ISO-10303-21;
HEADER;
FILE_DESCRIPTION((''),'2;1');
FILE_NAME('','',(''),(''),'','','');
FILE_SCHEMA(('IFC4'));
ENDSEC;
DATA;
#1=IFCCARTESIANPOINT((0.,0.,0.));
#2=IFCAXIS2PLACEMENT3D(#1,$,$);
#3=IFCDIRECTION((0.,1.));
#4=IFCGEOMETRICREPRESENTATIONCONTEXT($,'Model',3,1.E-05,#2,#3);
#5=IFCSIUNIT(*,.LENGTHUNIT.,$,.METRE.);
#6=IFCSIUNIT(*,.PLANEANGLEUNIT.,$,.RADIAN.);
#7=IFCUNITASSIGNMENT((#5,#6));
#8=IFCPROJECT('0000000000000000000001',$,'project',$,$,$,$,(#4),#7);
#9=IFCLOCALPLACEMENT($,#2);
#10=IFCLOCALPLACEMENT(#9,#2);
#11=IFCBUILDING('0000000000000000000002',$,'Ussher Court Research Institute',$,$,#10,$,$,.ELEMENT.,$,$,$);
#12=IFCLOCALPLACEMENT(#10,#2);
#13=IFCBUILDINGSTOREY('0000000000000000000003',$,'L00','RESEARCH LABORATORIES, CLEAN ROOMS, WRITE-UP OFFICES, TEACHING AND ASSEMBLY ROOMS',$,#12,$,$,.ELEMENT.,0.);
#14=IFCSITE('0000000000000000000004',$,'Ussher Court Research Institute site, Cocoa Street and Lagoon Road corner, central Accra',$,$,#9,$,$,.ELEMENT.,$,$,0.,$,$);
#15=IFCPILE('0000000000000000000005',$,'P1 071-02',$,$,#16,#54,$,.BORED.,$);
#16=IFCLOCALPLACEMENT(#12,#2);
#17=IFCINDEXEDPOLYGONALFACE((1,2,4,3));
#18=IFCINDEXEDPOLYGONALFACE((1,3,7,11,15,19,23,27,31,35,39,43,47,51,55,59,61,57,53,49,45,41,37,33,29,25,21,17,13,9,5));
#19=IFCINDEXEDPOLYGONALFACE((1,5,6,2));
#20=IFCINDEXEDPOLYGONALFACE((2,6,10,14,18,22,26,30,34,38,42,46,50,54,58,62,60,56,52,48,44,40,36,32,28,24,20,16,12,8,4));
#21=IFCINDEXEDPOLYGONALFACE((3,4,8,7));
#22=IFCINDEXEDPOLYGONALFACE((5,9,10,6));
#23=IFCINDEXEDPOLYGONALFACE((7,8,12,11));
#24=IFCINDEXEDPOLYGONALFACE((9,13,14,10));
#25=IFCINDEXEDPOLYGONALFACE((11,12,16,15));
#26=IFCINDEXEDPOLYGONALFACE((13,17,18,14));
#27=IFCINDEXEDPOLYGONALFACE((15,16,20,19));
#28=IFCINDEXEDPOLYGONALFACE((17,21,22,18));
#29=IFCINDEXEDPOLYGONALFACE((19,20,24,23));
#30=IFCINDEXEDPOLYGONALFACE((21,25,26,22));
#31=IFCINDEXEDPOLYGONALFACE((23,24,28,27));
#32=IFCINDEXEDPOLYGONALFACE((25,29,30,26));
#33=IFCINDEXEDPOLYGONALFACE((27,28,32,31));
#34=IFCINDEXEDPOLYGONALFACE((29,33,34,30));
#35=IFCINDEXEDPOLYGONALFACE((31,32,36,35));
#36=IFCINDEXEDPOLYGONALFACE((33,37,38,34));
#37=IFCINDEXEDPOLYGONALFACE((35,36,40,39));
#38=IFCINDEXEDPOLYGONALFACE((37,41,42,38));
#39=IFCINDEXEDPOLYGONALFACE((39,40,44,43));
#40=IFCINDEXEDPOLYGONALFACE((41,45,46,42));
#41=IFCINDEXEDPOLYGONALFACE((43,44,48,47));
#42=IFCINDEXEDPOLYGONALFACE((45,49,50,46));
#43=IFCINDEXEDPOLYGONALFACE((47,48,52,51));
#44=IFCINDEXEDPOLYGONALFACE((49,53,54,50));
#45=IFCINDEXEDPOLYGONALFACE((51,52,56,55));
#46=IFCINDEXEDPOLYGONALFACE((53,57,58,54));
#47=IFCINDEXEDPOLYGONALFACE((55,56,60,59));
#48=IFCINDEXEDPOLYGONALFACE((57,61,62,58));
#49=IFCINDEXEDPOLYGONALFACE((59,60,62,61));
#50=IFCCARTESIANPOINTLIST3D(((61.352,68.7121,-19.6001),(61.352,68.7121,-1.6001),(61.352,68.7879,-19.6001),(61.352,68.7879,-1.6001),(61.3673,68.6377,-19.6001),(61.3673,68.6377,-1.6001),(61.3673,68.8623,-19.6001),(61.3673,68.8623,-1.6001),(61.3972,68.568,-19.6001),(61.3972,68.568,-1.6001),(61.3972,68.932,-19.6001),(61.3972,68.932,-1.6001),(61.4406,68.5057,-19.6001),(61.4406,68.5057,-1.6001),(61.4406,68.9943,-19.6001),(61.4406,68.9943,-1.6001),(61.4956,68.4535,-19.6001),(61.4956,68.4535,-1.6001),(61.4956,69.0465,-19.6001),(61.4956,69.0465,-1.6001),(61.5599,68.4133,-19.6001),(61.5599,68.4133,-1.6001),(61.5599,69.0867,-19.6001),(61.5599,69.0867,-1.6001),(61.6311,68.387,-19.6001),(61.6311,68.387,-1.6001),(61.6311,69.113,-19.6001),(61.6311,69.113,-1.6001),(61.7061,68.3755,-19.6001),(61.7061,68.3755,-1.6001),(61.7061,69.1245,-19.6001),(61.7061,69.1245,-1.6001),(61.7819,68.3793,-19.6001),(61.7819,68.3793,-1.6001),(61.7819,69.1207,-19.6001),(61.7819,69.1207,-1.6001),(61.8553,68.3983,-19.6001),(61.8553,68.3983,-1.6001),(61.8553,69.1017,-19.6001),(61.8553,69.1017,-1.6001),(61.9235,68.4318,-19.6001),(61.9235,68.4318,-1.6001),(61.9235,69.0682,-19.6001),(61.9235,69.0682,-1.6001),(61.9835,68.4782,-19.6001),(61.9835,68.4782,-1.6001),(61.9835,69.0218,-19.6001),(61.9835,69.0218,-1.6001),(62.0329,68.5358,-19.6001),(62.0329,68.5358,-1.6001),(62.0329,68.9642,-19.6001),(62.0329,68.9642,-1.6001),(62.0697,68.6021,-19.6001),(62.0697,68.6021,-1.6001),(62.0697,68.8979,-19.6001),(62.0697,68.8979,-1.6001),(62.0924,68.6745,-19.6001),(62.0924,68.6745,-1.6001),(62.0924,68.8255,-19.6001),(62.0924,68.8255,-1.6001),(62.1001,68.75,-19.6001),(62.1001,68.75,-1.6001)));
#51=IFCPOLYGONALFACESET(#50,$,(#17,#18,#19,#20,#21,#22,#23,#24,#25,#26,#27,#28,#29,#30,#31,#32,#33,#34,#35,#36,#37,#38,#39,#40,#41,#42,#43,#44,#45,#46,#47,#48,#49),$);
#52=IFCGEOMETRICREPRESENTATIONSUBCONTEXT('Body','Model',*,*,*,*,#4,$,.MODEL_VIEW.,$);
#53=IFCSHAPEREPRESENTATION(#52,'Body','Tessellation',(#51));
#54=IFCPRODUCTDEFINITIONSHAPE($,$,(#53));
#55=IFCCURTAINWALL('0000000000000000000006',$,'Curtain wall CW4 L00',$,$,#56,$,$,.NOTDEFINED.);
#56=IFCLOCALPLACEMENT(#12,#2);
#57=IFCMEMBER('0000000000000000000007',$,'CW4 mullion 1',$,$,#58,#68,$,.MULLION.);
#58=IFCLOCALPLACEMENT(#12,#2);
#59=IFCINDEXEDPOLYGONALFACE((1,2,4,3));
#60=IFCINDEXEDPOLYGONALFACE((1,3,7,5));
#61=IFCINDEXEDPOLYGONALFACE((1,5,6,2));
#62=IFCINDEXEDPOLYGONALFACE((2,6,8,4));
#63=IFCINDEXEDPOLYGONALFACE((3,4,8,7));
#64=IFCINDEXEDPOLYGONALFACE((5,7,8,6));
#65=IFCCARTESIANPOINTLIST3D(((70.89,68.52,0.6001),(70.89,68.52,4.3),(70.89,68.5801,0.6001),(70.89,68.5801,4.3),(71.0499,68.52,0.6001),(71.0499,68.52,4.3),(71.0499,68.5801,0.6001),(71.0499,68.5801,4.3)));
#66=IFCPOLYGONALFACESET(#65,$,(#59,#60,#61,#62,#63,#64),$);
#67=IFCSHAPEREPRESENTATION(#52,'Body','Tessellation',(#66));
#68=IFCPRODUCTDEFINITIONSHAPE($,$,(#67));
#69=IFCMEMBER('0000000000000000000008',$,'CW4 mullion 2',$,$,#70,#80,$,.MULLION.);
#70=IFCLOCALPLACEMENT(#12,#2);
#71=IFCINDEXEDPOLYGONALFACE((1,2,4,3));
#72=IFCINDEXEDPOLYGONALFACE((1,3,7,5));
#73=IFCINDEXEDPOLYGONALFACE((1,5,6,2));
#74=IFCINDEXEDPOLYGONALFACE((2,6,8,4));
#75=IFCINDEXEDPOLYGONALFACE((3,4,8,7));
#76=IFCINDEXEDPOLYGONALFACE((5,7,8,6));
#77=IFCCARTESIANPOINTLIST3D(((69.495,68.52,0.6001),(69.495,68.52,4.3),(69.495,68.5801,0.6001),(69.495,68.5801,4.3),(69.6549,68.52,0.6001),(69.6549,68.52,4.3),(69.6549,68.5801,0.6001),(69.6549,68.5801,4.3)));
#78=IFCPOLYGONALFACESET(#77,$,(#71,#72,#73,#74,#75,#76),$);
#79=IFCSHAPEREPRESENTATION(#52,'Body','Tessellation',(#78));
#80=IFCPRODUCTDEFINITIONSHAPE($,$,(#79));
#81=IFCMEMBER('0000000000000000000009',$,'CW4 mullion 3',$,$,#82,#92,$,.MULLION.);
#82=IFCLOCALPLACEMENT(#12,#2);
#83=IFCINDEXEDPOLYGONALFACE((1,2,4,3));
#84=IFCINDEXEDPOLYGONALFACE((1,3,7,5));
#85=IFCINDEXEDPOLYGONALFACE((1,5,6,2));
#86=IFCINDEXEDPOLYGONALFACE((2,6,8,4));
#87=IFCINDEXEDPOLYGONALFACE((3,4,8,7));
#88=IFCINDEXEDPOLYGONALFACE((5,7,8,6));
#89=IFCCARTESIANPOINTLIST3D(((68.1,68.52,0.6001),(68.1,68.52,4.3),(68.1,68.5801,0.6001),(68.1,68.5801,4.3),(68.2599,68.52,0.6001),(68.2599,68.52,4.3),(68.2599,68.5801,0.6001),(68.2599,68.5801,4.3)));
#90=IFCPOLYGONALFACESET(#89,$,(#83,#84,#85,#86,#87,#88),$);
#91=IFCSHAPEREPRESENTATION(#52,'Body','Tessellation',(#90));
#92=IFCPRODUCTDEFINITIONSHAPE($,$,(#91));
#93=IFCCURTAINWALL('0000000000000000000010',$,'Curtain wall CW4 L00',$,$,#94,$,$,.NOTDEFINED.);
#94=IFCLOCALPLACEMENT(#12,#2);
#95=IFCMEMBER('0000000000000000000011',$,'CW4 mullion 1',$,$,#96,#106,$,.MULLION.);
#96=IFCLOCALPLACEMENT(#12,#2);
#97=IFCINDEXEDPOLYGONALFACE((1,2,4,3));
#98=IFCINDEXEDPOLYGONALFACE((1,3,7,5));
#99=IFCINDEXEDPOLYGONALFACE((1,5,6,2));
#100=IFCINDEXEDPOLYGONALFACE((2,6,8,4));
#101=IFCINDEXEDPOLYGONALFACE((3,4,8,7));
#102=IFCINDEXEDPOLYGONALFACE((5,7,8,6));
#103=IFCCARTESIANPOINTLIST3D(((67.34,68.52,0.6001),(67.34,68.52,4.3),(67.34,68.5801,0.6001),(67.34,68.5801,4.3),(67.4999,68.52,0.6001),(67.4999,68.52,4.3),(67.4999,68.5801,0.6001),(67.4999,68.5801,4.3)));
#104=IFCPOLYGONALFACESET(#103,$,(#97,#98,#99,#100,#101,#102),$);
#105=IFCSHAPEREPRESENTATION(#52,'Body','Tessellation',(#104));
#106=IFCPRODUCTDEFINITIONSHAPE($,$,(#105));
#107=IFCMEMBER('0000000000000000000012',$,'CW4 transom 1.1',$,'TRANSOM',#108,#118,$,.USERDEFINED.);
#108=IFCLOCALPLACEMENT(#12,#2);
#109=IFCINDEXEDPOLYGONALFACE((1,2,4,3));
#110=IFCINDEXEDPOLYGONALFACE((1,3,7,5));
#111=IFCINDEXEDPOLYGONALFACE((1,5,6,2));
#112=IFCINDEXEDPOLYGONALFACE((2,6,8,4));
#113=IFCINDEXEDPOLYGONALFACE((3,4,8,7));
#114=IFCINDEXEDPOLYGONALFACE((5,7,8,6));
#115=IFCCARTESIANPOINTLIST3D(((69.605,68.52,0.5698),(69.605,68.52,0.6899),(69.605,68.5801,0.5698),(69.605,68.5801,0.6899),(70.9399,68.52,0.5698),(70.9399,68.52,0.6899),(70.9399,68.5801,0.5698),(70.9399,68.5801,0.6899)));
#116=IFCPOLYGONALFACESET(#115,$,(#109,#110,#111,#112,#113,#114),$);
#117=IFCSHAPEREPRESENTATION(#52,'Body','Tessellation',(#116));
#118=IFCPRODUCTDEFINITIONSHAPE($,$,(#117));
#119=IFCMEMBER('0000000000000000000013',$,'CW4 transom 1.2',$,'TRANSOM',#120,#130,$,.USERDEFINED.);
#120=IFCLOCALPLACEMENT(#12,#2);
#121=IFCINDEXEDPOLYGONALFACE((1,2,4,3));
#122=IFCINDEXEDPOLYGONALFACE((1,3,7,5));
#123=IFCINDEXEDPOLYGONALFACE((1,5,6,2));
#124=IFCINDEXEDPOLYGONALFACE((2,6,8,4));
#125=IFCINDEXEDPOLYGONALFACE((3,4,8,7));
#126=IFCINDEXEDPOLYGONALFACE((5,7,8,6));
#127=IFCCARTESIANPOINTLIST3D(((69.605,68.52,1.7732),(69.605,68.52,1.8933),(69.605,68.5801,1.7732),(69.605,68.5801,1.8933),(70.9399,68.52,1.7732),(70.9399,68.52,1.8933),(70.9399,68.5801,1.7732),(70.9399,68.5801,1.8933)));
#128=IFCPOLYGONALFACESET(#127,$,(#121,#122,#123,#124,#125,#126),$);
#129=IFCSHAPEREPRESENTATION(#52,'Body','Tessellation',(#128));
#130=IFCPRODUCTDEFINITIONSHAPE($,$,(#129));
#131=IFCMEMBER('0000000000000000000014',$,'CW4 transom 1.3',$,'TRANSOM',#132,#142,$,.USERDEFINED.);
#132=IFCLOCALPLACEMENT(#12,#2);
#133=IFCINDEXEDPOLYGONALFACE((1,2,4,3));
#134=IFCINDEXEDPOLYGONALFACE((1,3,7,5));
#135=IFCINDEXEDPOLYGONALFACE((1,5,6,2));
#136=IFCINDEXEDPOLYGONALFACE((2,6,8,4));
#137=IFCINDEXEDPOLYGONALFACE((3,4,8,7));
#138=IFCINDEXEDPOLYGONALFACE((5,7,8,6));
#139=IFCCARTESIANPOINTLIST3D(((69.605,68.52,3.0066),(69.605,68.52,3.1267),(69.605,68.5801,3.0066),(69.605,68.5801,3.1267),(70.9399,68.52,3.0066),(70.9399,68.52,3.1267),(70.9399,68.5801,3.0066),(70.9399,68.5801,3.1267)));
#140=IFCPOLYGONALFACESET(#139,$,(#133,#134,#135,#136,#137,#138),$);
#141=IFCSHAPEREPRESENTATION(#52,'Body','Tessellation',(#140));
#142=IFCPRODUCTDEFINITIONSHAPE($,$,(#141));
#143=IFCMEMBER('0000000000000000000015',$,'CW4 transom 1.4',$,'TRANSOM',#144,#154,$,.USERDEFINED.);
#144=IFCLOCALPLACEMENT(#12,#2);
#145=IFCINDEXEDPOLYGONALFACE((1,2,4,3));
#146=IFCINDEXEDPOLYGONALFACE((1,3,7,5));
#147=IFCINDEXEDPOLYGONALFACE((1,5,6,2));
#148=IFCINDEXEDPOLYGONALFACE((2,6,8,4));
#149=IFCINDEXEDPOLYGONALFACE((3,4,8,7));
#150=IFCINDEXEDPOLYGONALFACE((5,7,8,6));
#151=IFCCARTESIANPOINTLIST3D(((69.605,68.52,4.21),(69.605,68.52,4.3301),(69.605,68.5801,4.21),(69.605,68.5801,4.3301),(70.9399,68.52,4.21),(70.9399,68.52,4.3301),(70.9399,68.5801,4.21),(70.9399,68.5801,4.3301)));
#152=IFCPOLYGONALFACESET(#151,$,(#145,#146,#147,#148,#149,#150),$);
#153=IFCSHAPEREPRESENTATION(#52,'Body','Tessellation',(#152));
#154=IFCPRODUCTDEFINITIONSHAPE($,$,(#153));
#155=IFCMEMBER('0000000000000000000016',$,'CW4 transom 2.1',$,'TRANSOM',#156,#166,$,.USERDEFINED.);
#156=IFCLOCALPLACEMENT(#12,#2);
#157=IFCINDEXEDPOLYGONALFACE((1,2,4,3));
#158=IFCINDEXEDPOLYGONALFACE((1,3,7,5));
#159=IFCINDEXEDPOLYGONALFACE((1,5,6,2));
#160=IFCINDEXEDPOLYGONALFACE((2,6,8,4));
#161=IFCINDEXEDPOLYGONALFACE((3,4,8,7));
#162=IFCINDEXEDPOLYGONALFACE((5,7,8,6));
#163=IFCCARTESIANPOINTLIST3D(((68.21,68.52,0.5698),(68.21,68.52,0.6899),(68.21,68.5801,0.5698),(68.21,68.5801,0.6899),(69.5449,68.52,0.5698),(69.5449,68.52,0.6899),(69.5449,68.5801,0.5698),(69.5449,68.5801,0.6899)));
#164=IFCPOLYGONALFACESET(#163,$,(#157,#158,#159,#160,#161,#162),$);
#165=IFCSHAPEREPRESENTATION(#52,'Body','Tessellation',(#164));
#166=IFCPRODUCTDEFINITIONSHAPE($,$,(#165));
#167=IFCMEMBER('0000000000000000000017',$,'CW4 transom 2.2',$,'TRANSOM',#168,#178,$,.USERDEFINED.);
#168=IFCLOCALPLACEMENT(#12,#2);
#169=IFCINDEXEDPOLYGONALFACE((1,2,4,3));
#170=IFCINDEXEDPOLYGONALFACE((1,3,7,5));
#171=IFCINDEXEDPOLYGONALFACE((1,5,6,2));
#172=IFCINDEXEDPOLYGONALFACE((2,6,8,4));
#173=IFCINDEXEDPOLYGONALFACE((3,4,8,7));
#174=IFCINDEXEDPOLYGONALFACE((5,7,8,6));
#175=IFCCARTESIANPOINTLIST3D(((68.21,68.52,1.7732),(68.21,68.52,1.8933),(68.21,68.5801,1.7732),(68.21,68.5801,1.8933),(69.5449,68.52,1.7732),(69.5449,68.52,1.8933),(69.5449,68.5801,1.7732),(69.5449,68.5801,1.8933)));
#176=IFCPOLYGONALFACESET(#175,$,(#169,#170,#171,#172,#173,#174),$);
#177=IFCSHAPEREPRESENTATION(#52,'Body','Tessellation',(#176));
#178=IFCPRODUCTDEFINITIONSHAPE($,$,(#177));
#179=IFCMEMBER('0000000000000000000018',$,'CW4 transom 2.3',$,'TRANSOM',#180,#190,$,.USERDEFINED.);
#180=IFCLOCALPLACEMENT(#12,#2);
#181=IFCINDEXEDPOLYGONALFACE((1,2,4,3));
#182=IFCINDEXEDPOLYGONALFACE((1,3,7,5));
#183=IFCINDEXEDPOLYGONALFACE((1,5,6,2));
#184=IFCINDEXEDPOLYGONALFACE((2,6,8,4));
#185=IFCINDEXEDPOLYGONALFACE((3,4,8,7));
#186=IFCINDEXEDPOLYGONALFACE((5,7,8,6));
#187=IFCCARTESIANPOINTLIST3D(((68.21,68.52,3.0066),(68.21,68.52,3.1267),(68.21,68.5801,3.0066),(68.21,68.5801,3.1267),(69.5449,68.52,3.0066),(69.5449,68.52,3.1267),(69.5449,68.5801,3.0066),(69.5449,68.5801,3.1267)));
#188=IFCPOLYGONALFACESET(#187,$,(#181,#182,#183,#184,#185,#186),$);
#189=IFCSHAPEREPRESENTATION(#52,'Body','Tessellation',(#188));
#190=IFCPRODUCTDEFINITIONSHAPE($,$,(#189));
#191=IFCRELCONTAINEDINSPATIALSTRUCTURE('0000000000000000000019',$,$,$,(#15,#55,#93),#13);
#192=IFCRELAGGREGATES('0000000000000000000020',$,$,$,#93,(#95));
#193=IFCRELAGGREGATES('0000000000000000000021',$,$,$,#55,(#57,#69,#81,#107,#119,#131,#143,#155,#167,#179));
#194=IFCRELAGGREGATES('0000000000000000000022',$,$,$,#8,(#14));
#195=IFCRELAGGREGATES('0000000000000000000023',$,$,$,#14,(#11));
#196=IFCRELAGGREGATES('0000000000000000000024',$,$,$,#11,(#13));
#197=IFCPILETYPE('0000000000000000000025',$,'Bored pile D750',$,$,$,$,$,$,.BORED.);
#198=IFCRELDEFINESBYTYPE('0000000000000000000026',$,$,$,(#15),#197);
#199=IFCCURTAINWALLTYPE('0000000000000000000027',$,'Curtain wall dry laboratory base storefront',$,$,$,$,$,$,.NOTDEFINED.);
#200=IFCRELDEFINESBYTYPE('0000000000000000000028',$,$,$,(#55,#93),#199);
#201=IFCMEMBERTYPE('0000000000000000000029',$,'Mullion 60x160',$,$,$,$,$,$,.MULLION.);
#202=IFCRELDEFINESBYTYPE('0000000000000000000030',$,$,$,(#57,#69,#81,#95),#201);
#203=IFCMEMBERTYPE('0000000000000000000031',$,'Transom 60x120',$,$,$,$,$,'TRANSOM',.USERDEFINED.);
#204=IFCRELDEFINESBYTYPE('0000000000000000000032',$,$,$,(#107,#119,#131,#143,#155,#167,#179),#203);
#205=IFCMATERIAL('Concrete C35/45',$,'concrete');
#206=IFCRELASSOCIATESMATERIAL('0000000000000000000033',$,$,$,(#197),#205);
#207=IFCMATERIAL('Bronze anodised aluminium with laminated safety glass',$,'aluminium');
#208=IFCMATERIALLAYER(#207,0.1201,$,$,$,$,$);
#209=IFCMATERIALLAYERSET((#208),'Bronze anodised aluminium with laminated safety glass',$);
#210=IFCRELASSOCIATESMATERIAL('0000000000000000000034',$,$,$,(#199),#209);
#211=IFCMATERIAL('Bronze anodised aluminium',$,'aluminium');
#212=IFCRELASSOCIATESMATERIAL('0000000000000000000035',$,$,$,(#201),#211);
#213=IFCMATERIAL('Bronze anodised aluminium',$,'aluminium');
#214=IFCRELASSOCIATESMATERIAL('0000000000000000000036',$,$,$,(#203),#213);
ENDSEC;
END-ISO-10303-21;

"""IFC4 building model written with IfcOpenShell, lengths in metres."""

from ifc_helpers import new_model, si_unit, direction, frame, origin, origin_2d, place, context, subcontext, project, spatial, rectangle, circle, extrude, material, layer, layer_set, material_profile, profile_set, type_object, element, aggregate, save


model = new_model("IFC4")

# Units and contexts
model_context = context("Model", 3, precision=1e-05, world=origin(), true_north=direction((0.0, 1.0)))
body_context = subcontext(model_context, "Body", "Model", "MODEL_VIEW")
ifc_project = project(units=[si_unit("LENGTHUNIT", "METRE"), si_unit("PLANEANGLEUNIT", "RADIAN")], contexts=[model_context])

# Site, building, storey
site_placement = place(None, origin())
site = spatial("IfcSite", under=ifc_project, at=site_placement, Name="Ussher Court Research Institute site, Cocoa Street and Lagoon Road corner, central Accra", CompositionType="ELEMENT", RefElevation=0.0)
building_placement = place(site_placement, origin())
building = spatial("IfcBuilding", under=site, at=building_placement, Name="Ussher Court Research Institute", CompositionType="ELEMENT")
storey_placement = place(building_placement, origin())
storey = spatial("IfcBuildingStorey", under=building, at=storey_placement, Name="L00", Description="RESEARCH LABORATORIES, CLEAN ROOMS, WRITE-UP OFFICES, TEACHING AND ASSEMBLY ROOMS", CompositionType="ELEMENT", Elevation=0.0)

# Pile
ifc_material_1 = material(Name="Concrete C35/45", Category="concrete")
ifc_material_profile_1 = material_profile(ifc_material_1, circle(Radius=0.375, at=origin_2d()), Name="RC D750")
ifc_profile_set_1 = profile_set([ifc_material_profile_1], Name="Concrete C35/45")
pile_type = type_object("IfcPileType", Name="Bored pile D750", PredefinedType="BORED", material=ifc_profile_set_1)
pile_placement = place(storey_placement, frame((61.7251, 68.75, -1.6001), z_axis=(0.0, 0.0, -1.0), x_axis=(1.0, 0.0, 0.0)))
element("IfcPile", 1, at=pile_placement, inside=storey, type_object=pile_type, Name="P1 071-02", PredefinedType="BORED", context=body_context, shape_type="SweptSolid", body=[
    extrude(circle(Radius=0.375, at=origin_2d()), origin(), (0.0, 0.0, 1.0), 18.0),
])

# Curtain wall, members
ifc_material_2 = material(Name="Bronze anodised aluminium with laminated safety glass", Category="aluminium")
ifc_layer_1 = layer(ifc_material_2, 0.1201)
ifc_layer_set_1 = layer_set([ifc_layer_1], Name="Bronze anodised aluminium with laminated safety glass")
curtain_wall_type = type_object("IfcCurtainWallType", Name="Curtain wall dry laboratory base storefront", PredefinedType="NOTDEFINED", material=ifc_layer_set_1)
curtain_wall_1_placement = place(storey_placement, origin())
curtain_wall_1 = element("IfcCurtainWall", 2, at=curtain_wall_1_placement, inside=storey, type_object=curtain_wall_type, Name="Curtain wall CW4 L00", PredefinedType="NOTDEFINED")
ifc_material_3 = material(Name="Bronze anodised aluminium", Category="aluminium")
ifc_material_profile_2 = material_profile(ifc_material_3, rectangle(XDim=0.0601, YDim=0.1599, at=origin_2d()), Name="Mullion 60x160")
ifc_profile_set_2 = profile_set([ifc_material_profile_2], Name="Bronze anodised aluminium")
member_type_1 = type_object("IfcMemberType", Name="Mullion 60x160", PredefinedType="MULLION", material=ifc_profile_set_2)
member_1_placement = place(storey_placement, frame((70.97, 68.55, 0.6001), z_axis=(0.0, 0.0, 1.0), x_axis=(0.0, -1.0, 0.0)))
member_1 = element("IfcMember", 3, at=member_1_placement, type_object=member_type_1, Name="CW4 mullion 1", PredefinedType="MULLION", context=body_context, shape_type="SweptSolid", body=[
    extrude(rectangle(XDim=0.0601, YDim=0.1599, at=origin_2d()), origin(), (0.0, 0.0, 1.0), 3.7),
])
member_2_placement = place(storey_placement, frame((69.575, 68.55, 0.6001), z_axis=(0.0, 0.0, 1.0), x_axis=(0.0, -1.0, 0.0)))
member_2 = element("IfcMember", 4, at=member_2_placement, type_object=member_type_1, Name="CW4 mullion 2", PredefinedType="MULLION", context=body_context, shape_type="SweptSolid", body=[
    extrude(rectangle(XDim=0.0601, YDim=0.1599, at=origin_2d()), origin(), (0.0, 0.0, 1.0), 3.7),
])
member_3_placement = place(storey_placement, frame((68.1799, 68.55, 0.6001), z_axis=(0.0, 0.0, 1.0), x_axis=(0.0, -1.0, 0.0)))
member_3 = element("IfcMember", 5, at=member_3_placement, type_object=member_type_1, Name="CW4 mullion 3", PredefinedType="MULLION", context=body_context, shape_type="SweptSolid", body=[
    extrude(rectangle(XDim=0.0601, YDim=0.1599, at=origin_2d()), origin(), (0.0, 0.0, 1.0), 3.7),
])

# Curtain wall, member
curtain_wall_2_placement = place(storey_placement, origin())
curtain_wall_2 = element("IfcCurtainWall", 6, at=curtain_wall_2_placement, inside=storey, type_object=curtain_wall_type, Name="Curtain wall CW4 L00", PredefinedType="NOTDEFINED")
member_4_placement = place(storey_placement, frame((67.4199, 68.55, 0.6001), z_axis=(0.0, 0.0, 1.0), x_axis=(0.0, -1.0, 0.0)))
member_4 = element("IfcMember", 7, at=member_4_placement, type_object=member_type_1, Name="CW4 mullion 1", PredefinedType="MULLION", context=body_context, shape_type="SweptSolid", body=[
    extrude(rectangle(XDim=0.0601, YDim=0.1599, at=origin_2d()), origin(), (0.0, 0.0, 1.0), 3.7),
])
aggregate(curtain_wall_2, [member_4])

# Members
ifc_material_4 = material(Name="Bronze anodised aluminium", Category="aluminium")
ifc_material_profile_3 = material_profile(ifc_material_4, rectangle(XDim=0.0601, YDim=0.1201, at=origin_2d()), Name="Transom 60x120")
ifc_profile_set_3 = profile_set([ifc_material_profile_3], Name="Bronze anodised aluminium")
member_type_2 = type_object("IfcMemberType", Name="Transom 60x120", ElementType="TRANSOM", PredefinedType="USERDEFINED", material=ifc_profile_set_3)
member_5_placement = place(storey_placement, frame((70.9399, 68.55, 0.6299), z_axis=(-1.0, 0.0, 0.0), x_axis=(0.0, -1.0, 0.0)))
member_5 = element("IfcMember", 8, at=member_5_placement, type_object=member_type_2, Name="CW4 transom 1.1", ObjectType="TRANSOM", PredefinedType="USERDEFINED", context=body_context, shape_type="SweptSolid", body=[
    extrude(rectangle(XDim=0.0601, YDim=0.1201, at=origin_2d()), origin(), (0.0, 0.0, 1.0), 1.335),
])
member_6_placement = place(storey_placement, frame((70.9399, 68.55, 1.8333), z_axis=(-1.0, 0.0, 0.0), x_axis=(0.0, -1.0, 0.0)))
member_6 = element("IfcMember", 9, at=member_6_placement, type_object=member_type_2, Name="CW4 transom 1.2", ObjectType="TRANSOM", PredefinedType="USERDEFINED", context=body_context, shape_type="SweptSolid", body=[
    extrude(rectangle(XDim=0.0601, YDim=0.1201, at=origin_2d()), origin(), (0.0, 0.0, 1.0), 1.335),
])
member_7_placement = place(storey_placement, frame((70.9399, 68.55, 3.0667), z_axis=(-1.0, 0.0, 0.0), x_axis=(0.0, -1.0, 0.0)))
member_7 = element("IfcMember", 10, at=member_7_placement, type_object=member_type_2, Name="CW4 transom 1.3", ObjectType="TRANSOM", PredefinedType="USERDEFINED", context=body_context, shape_type="SweptSolid", body=[
    extrude(rectangle(XDim=0.0601, YDim=0.1201, at=origin_2d()), origin(), (0.0, 0.0, 1.0), 1.335),
])
member_8_placement = place(storey_placement, frame((70.9399, 68.55, 4.27), z_axis=(-1.0, 0.0, 0.0), x_axis=(0.0, -1.0, 0.0)))
member_8 = element("IfcMember", 11, at=member_8_placement, type_object=member_type_2, Name="CW4 transom 1.4", ObjectType="TRANSOM", PredefinedType="USERDEFINED", context=body_context, shape_type="SweptSolid", body=[
    extrude(rectangle(XDim=0.0601, YDim=0.1201, at=origin_2d()), origin(), (0.0, 0.0, 1.0), 1.335),
])
member_9_placement = place(storey_placement, frame((69.5449, 68.55, 0.6299), z_axis=(-1.0, 0.0, 0.0), x_axis=(0.0, -1.0, 0.0)))
member_9 = element("IfcMember", 12, at=member_9_placement, type_object=member_type_2, Name="CW4 transom 2.1", ObjectType="TRANSOM", PredefinedType="USERDEFINED", context=body_context, shape_type="SweptSolid", body=[
    extrude(rectangle(XDim=0.0601, YDim=0.1201, at=origin_2d()), origin(), (0.0, 0.0, 1.0), 1.335),
])
member_10_placement = place(storey_placement, frame((69.5449, 68.55, 1.8333), z_axis=(-1.0, 0.0, 0.0), x_axis=(0.0, -1.0, 0.0)))
member_10 = element("IfcMember", 13, at=member_10_placement, type_object=member_type_2, Name="CW4 transom 2.2", ObjectType="TRANSOM", PredefinedType="USERDEFINED", context=body_context, shape_type="SweptSolid", body=[
    extrude(rectangle(XDim=0.0601, YDim=0.1201, at=origin_2d()), origin(), (0.0, 0.0, 1.0), 1.335),
])
member_11_placement = place(storey_placement, frame((69.5449, 68.55, 3.0667), z_axis=(-1.0, 0.0, 0.0), x_axis=(0.0, -1.0, 0.0)))
member_11 = element("IfcMember", 14, at=member_11_placement, type_object=member_type_2, Name="CW4 transom 2.3", ObjectType="TRANSOM", PredefinedType="USERDEFINED", context=body_context, shape_type="SweptSolid", body=[
    extrude(rectangle(XDim=0.0601, YDim=0.1201, at=origin_2d()), origin(), (0.0, 0.0, 1.0), 1.335),
])

aggregate(curtain_wall_1, [member_1, member_2, member_3, member_5, member_6, member_7, member_8, member_9, member_10, member_11])

save(model, "model.ifc")
